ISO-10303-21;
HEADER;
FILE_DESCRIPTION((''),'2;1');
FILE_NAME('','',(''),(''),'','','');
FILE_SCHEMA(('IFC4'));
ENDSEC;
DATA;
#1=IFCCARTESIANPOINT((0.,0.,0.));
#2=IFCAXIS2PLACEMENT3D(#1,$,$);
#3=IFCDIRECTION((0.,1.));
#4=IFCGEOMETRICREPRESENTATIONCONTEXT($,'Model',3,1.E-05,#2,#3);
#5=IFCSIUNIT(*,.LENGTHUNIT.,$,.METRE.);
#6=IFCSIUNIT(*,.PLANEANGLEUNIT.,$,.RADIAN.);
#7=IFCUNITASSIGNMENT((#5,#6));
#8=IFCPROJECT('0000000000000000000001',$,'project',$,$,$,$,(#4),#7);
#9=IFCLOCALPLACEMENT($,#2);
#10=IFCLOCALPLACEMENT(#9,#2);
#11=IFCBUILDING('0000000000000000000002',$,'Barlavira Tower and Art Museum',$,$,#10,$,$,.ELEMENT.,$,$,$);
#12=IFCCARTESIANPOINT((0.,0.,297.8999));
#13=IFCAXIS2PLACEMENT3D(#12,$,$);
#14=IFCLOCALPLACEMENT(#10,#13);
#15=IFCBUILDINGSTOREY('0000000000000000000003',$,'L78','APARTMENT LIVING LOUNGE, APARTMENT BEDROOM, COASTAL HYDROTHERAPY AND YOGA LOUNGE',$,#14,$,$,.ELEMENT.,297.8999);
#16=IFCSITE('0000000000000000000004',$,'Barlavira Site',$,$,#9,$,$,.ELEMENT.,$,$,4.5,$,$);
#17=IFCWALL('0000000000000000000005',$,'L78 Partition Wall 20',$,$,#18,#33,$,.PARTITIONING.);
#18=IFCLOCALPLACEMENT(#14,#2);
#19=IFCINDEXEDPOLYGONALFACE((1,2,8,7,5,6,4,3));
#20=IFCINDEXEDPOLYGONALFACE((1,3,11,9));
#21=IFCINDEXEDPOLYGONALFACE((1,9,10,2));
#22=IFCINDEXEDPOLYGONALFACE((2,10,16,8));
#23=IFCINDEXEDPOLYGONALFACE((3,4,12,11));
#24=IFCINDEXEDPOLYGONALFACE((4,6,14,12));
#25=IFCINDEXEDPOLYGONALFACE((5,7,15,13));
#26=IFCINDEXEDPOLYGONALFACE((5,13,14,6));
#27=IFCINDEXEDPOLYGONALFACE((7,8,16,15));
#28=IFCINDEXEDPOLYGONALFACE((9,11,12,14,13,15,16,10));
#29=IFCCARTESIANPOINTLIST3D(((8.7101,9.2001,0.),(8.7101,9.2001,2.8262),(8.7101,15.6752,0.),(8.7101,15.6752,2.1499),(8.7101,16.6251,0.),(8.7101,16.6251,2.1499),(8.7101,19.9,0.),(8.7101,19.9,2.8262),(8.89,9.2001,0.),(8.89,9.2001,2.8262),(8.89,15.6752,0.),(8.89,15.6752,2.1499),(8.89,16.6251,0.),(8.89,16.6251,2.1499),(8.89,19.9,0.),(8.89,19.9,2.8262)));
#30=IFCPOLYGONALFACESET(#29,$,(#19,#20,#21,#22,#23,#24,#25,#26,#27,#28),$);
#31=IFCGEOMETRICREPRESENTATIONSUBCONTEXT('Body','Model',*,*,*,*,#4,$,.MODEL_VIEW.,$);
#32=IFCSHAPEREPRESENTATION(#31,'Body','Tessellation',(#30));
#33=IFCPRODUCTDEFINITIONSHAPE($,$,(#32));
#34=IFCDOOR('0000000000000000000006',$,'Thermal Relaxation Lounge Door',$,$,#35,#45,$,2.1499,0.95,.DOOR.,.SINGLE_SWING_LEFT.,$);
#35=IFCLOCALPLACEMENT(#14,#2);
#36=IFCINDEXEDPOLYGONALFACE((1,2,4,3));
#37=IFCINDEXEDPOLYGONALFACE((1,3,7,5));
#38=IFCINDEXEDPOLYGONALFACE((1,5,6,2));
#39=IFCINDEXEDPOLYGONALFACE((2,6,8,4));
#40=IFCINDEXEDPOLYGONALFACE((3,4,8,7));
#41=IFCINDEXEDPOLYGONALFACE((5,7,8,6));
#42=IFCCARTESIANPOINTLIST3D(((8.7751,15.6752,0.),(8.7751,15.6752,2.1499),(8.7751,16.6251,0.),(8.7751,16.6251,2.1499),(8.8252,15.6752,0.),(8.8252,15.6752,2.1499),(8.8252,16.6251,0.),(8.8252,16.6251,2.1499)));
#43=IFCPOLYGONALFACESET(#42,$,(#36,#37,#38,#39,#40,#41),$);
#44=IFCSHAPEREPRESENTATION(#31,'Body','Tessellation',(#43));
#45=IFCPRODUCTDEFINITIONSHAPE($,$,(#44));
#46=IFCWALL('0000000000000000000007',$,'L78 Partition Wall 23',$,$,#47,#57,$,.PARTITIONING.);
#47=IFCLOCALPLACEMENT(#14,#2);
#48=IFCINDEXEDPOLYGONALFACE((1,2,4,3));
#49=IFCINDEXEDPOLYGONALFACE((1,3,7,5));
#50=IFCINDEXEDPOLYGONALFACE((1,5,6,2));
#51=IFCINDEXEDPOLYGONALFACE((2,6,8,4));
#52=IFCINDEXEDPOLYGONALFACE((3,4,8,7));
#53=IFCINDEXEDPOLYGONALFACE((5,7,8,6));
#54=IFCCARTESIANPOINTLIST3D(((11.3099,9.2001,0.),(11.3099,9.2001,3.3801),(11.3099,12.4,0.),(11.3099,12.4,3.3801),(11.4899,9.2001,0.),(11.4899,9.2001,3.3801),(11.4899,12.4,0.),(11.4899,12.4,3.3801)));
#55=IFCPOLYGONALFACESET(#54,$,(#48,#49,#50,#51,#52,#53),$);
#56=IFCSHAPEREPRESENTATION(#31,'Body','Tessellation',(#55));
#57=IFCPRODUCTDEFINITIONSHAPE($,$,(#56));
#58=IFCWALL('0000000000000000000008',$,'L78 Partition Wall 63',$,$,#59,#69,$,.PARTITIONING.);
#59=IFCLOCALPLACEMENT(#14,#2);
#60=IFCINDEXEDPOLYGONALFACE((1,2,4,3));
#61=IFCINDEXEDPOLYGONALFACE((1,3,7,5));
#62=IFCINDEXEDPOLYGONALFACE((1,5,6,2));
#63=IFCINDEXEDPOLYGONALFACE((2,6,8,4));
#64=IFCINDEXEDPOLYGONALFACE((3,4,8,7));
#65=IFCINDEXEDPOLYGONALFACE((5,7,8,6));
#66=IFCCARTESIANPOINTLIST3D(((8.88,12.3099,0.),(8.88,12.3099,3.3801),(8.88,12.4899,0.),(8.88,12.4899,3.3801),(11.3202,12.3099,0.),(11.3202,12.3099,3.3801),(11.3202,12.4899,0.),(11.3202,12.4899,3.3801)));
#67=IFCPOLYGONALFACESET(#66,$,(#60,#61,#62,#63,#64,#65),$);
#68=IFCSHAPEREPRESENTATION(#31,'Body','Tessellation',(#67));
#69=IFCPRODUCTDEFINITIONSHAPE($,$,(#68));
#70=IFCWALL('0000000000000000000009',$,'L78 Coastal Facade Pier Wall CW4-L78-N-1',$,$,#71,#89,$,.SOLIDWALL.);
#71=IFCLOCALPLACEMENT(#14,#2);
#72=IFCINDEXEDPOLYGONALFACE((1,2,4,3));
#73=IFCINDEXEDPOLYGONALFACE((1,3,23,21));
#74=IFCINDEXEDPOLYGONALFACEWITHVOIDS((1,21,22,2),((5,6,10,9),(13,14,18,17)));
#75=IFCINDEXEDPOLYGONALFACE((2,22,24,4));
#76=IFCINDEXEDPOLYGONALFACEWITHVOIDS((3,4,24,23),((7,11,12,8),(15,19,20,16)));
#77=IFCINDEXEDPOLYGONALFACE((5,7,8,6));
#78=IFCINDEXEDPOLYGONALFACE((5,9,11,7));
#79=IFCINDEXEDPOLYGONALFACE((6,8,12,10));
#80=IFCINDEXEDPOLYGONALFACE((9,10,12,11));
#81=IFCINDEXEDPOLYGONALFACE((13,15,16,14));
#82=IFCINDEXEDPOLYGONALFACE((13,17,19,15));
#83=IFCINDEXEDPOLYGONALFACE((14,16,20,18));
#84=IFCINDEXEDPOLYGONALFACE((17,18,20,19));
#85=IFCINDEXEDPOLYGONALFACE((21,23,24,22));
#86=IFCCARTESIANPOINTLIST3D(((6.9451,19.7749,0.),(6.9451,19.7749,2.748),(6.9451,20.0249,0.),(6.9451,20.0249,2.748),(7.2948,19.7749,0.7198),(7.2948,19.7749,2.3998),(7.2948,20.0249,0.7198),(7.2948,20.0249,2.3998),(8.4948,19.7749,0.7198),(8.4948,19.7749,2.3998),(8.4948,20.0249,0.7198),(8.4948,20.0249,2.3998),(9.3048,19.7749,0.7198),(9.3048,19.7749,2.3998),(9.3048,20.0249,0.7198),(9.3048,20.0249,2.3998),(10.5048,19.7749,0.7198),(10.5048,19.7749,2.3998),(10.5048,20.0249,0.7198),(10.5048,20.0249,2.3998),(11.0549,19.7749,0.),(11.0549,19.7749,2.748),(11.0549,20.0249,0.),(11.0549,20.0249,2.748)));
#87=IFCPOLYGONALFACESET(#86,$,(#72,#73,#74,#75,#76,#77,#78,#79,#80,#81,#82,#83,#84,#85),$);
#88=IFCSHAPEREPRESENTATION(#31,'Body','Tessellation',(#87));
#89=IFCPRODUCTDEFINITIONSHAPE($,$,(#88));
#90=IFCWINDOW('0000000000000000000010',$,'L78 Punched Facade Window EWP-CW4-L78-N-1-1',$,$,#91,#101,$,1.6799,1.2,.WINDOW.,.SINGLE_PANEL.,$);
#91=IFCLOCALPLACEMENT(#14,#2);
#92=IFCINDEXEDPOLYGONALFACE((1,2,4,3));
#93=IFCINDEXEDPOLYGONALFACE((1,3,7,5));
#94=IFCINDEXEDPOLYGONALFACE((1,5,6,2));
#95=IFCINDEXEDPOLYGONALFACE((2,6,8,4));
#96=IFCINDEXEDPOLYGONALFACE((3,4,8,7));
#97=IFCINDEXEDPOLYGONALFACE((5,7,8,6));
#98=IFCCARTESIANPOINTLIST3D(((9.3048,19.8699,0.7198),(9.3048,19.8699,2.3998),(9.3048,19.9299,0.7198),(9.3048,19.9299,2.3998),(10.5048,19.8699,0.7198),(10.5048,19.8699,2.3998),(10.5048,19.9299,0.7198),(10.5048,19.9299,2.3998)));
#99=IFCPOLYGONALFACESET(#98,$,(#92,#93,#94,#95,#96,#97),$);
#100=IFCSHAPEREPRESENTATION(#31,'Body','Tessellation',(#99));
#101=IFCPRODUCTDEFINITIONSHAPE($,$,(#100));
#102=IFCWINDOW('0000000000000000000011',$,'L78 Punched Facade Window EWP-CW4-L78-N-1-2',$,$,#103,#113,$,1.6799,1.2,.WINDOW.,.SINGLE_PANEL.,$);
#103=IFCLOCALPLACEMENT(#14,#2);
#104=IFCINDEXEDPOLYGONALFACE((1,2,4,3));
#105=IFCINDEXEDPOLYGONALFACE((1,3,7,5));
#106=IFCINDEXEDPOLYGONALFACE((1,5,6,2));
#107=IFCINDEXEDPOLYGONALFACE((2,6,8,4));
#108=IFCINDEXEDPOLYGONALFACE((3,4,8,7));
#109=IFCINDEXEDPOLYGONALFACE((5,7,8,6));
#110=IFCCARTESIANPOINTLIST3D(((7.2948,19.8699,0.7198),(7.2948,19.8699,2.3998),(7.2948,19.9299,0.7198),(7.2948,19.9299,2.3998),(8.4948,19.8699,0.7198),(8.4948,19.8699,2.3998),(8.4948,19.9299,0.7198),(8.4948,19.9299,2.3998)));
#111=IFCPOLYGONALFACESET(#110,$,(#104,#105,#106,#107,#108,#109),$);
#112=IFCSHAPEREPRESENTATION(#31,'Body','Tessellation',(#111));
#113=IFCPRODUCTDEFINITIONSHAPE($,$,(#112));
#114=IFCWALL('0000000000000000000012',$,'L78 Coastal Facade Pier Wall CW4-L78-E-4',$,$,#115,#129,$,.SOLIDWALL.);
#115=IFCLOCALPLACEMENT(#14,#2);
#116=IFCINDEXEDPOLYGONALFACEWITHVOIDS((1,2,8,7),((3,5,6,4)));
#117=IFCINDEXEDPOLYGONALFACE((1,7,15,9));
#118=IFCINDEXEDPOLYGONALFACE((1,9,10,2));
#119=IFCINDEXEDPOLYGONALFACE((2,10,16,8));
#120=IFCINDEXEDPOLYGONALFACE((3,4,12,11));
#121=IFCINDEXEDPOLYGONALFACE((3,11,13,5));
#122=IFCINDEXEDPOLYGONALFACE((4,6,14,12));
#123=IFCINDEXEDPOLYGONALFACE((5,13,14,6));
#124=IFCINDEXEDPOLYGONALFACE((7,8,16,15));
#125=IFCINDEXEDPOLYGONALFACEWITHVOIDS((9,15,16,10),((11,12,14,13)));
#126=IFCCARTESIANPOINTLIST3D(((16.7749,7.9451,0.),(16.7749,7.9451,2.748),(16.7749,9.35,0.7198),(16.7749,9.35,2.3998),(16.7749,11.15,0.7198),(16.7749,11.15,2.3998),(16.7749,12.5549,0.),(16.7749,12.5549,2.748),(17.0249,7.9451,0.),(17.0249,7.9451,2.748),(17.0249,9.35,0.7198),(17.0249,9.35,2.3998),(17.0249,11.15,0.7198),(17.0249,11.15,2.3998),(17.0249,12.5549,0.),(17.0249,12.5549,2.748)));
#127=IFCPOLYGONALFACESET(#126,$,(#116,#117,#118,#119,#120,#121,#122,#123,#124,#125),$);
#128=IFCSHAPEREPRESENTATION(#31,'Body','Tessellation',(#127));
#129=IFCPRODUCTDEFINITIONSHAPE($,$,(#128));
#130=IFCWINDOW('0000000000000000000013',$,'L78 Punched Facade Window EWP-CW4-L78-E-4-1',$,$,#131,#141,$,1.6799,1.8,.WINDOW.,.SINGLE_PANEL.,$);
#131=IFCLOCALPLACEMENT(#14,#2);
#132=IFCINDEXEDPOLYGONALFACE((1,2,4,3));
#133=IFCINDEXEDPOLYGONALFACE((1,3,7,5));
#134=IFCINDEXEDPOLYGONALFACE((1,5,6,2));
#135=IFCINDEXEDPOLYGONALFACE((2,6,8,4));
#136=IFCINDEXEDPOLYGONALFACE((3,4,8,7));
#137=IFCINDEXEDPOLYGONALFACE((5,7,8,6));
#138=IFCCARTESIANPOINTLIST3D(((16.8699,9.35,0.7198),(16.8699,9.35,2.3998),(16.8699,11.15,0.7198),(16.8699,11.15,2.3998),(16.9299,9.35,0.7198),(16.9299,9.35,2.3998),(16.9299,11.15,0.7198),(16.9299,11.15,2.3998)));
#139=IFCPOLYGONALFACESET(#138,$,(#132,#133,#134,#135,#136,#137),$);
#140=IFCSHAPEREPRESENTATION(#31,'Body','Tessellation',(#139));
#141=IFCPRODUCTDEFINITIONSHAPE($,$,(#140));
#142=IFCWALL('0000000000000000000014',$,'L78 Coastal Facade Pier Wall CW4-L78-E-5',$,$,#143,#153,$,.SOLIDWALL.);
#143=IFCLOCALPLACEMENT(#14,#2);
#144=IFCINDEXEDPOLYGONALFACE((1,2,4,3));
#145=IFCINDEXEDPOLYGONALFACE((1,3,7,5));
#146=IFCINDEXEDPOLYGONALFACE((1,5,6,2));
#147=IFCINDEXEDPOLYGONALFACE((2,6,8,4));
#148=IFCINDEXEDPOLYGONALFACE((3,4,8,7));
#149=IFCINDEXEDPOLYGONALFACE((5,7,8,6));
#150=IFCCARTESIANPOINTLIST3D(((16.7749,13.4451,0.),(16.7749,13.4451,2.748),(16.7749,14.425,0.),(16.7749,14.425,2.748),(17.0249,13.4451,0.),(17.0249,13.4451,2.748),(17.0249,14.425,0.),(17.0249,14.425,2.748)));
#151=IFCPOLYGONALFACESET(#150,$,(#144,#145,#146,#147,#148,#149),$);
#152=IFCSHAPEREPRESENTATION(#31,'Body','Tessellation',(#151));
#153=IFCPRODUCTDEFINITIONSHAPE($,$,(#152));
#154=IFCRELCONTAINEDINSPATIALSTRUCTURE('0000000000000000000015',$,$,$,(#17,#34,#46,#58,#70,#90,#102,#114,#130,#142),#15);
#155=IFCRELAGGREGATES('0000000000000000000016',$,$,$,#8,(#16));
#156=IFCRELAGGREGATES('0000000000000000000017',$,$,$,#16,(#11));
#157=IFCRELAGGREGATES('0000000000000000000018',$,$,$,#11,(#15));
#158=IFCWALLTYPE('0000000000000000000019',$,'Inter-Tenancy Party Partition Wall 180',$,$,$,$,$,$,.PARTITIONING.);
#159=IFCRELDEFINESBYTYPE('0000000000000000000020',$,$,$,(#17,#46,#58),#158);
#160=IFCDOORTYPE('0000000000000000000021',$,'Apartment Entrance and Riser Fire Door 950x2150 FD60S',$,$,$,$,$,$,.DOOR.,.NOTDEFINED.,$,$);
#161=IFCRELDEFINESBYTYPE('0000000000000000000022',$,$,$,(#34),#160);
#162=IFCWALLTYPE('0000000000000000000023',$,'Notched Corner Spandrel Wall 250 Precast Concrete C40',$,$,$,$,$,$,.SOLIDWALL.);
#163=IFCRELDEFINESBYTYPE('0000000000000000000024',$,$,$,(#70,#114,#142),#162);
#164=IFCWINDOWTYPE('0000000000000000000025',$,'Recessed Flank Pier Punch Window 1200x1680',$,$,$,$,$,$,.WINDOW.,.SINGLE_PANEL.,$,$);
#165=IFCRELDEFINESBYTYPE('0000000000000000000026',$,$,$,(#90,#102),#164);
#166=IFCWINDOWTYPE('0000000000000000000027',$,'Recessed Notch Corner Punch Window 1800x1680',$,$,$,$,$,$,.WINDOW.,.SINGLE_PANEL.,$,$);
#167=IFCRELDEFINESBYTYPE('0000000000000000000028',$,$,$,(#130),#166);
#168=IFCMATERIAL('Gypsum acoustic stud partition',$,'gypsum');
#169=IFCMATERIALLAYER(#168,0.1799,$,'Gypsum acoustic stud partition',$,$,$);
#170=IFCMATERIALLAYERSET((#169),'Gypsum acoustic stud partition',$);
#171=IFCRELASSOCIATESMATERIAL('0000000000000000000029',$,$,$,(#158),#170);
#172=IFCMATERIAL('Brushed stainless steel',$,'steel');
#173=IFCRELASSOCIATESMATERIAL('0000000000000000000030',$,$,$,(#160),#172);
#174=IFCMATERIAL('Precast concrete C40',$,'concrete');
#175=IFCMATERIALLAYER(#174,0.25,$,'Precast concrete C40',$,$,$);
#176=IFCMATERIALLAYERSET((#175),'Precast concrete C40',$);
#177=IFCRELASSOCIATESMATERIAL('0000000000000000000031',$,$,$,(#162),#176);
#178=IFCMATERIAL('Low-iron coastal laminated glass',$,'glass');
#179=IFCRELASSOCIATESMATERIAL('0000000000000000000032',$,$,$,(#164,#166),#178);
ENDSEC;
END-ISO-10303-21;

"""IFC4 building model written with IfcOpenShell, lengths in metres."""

from ifc_helpers import new_model, si_unit, direction, frame, frame_2d, origin, place, context, subcontext, project, spatial, rectangle, extrude, material, layer, layer_set, type_object, element, fill, save


model = new_model("IFC4")

# Units and contexts
model_context = context("Model", 3, precision=1e-05, world=origin(), true_north=direction((0.0, 1.0)))
body_context = subcontext(model_context, "Body", "Model", "MODEL_VIEW")
ifc_project = project(units=[si_unit("LENGTHUNIT", "METRE"), si_unit("PLANEANGLEUNIT", "RADIAN")], contexts=[model_context])

# Site, building, storey
site_placement = place(None, origin())
site = spatial("IfcSite", under=ifc_project, at=site_placement, Name="Barlavira Site", CompositionType="ELEMENT", RefElevation=4.5)
building_placement = place(site_placement, origin())
building = spatial("IfcBuilding", under=site, at=building_placement, Name="Barlavira Tower and Art Museum", CompositionType="ELEMENT")
storey_placement = place(building_placement, frame((0.0, 0.0, 297.8999)))
storey = spatial("IfcBuildingStorey", under=building, at=storey_placement, Name="L78", Description="APARTMENT LIVING LOUNGE, APARTMENT BEDROOM, COASTAL HYDROTHERAPY AND YOGA LOUNGE", CompositionType="ELEMENT", Elevation=297.8999)

# Wall, opening, door
ifc_material_1 = material(Name="Gypsum acoustic stud partition", Category="gypsum")
ifc_layer_1 = layer(ifc_material_1, 0.1799, Name="Gypsum acoustic stud partition")
ifc_layer_set_1 = layer_set([ifc_layer_1], Name="Gypsum acoustic stud partition")
wall_type_1 = type_object("IfcWallType", Name="Inter-Tenancy Party Partition Wall 180", PredefinedType="PARTITIONING", material=ifc_layer_set_1)
wall_1_placement = place(storey_placement, frame((8.8, 9.2, 0.0), z_axis=(0.0, 0.0, 1.0), x_axis=(0.0, 1.0, 0.0)))
wall_1 = element("IfcWall", 1, at=wall_1_placement, inside=storey, type_object=wall_type_1, Name="L78 Partition Wall 20", PredefinedType="PARTITIONING", context=body_context, shape_type="SweptSolid", body=[
    extrude(rectangle(XDim=10.7, YDim=0.1799, at=frame_2d((5.3501, 0.0))), origin(), (0.0, 0.0, 1.0), 2.8262),
])
opening_1_placement = place(wall_1_placement, frame((6.4751, 0.0, 0.0)))
opening_1 = element("IfcOpeningElement", 2, at=opening_1_placement, cuts=wall_1, PredefinedType="OPENING", context=body_context, shape_type="SweptSolid", body=[
    extrude(rectangle(XDim=0.95, YDim=2.1499, at=frame_2d((0.4751, 1.075))), frame((0.0, 0.1001, 0.0), z_axis=(0.0, -1.0, 0.0), x_axis=(1.0, 0.0, 0.0)), (0.0, 0.0, 1.0), 0.2),
])
ifc_material_2 = material(Name="Brushed stainless steel", Category="steel")
door_type = type_object("IfcDoorType", Name="Apartment Entrance and Riser Fire Door 950x2150 FD60S", OperationType="NOTDEFINED", PredefinedType="DOOR", material=ifc_material_2)
door_1_placement = place(opening_1_placement, origin())
door_1 = element("IfcDoor", 3, at=door_1_placement, inside=storey, type_object=door_type, Name="Thermal Relaxation Lounge Door", OperationType="SINGLE_SWING_LEFT", OverallHeight=2.1499, OverallWidth=0.95, PredefinedType="DOOR", context=body_context, shape_type="SweptSolid", body=[
    extrude(rectangle(XDim=0.95, YDim=2.1499, at=frame_2d((0.4751, 1.075))), frame((0.0, 0.0249, 0.0), z_axis=(0.0, -1.0, 0.0), x_axis=(1.0, 0.0, 0.0)), (0.0, 0.0, 1.0), 0.05),
])
fill(opening_1, door_1)

# Wall
wall_2_placement = place(storey_placement, frame((11.3999, 9.2, 0.0), z_axis=(0.0, 0.0, 1.0), x_axis=(0.0, 1.0, 0.0)))
element("IfcWall", 4, at=wall_2_placement, inside=storey, type_object=wall_type_1, Name="L78 Partition Wall 23", PredefinedType="PARTITIONING", context=body_context, shape_type="SweptSolid", body=[
    extrude(rectangle(XDim=3.2, YDim=0.1799, at=frame_2d((1.6001, 0.0))), origin(), (0.0, 0.0, 1.0), 3.3801),
])

# Wall
wall_3_placement = place(storey_placement, frame((8.8799, 12.3999, 0.0), z_axis=(0.0, 0.0, 1.0), x_axis=(1.0, 0.0, 0.0)))
element("IfcWall", 5, at=wall_3_placement, inside=storey, type_object=wall_type_1, Name="L78 Partition Wall 63", PredefinedType="PARTITIONING", context=body_context, shape_type="SweptSolid", body=[
    extrude(rectangle(XDim=2.4402, YDim=0.1799, at=frame_2d((1.2202, 0.0))), origin(), (0.0, 0.0, 1.0), 3.3801),
])

# Wall, openings, windows
ifc_material_3 = material(Name="Precast concrete C40", Category="concrete")
ifc_layer_2 = layer(ifc_material_3, 0.25, Name="Precast concrete C40")
ifc_layer_set_2 = layer_set([ifc_layer_2], Name="Precast concrete C40")
wall_type_2 = type_object("IfcWallType", Name="Notched Corner Spandrel Wall 250 Precast Concrete C40", PredefinedType="SOLIDWALL", material=ifc_layer_set_2)
wall_4_placement = place(storey_placement, frame((11.0549, 19.8999, 0.0), z_axis=(0.0, 0.0, 1.0), x_axis=(-1.0, 0.0, 0.0)))
wall_4 = element("IfcWall", 6, at=wall_4_placement, inside=storey, type_object=wall_type_2, Name="L78 Coastal Facade Pier Wall CW4-L78-N-1", PredefinedType="SOLIDWALL", context=body_context, shape_type="SweptSolid", body=[
    extrude(rectangle(XDim=4.1099, YDim=0.25, at=frame_2d((2.0549, 0.0))), origin(), (0.0, 0.0, 1.0), 2.748),
])
opening_2_placement = place(wall_4_placement, frame((0.55, 0.0, 0.72)))
opening_2 = element("IfcOpeningElement", 7, at=opening_2_placement, cuts=wall_4, PredefinedType="OPENING", context=body_context, shape_type="SweptSolid", body=[
    extrude(rectangle(XDim=1.2, YDim=1.6799, at=frame_2d((0.6001, 0.8398))), frame((0.0, 0.135, 0.0), z_axis=(0.0, -1.0, 0.0), x_axis=(1.0, 0.0, 0.0)), (0.0, 0.0, 1.0), 0.27),
])
opening_3_placement = place(wall_4_placement, frame((2.5601, 0.0, 0.72)))
opening_3 = element("IfcOpeningElement", 8, at=opening_3_placement, cuts=wall_4, PredefinedType="OPENING", context=body_context, shape_type="SweptSolid", body=[
    extrude(rectangle(XDim=1.2, YDim=1.6799, at=frame_2d((0.6001, 0.8398))), frame((0.0, 0.135, 0.0), z_axis=(0.0, -1.0, 0.0), x_axis=(1.0, 0.0, 0.0)), (0.0, 0.0, 1.0), 0.27),
])
ifc_material_4 = material(Name="Low-iron coastal laminated glass", Category="glass")
window_type_1 = type_object("IfcWindowType", Name="Recessed Flank Pier Punch Window 1200x1680", PartitioningType="SINGLE_PANEL", PredefinedType="WINDOW", material=ifc_material_4)
window_1_placement = place(opening_2_placement, origin())
window_1 = element("IfcWindow", 9, at=window_1_placement, inside=storey, type_object=window_type_1, Name="L78 Punched Facade Window EWP-CW4-L78-N-1-1", OverallHeight=1.6799, OverallWidth=1.2, PartitioningType="SINGLE_PANEL", PredefinedType="WINDOW", context=body_context, shape_type="SweptSolid", body=[
    extrude(rectangle(XDim=1.2, YDim=1.6799, at=frame_2d((0.6001, 0.8398))), frame((0.0, 0.03, 0.0), z_axis=(0.0, -1.0, 0.0), x_axis=(1.0, 0.0, 0.0)), (0.0, 0.0, 1.0), 0.0601),
])
fill(opening_2, window_1)
window_2_placement = place(opening_3_placement, origin())
window_2 = element("IfcWindow", 10, at=window_2_placement, inside=storey, type_object=window_type_1, Name="L78 Punched Facade Window EWP-CW4-L78-N-1-2", OverallHeight=1.6799, OverallWidth=1.2, PartitioningType="SINGLE_PANEL", PredefinedType="WINDOW", context=body_context, shape_type="SweptSolid", body=[
    extrude(rectangle(XDim=1.2, YDim=1.6799, at=frame_2d((0.6001, 0.8398))), frame((0.0, 0.03, 0.0), z_axis=(0.0, -1.0, 0.0), x_axis=(1.0, 0.0, 0.0)), (0.0, 0.0, 1.0), 0.0601),
])
fill(opening_3, window_2)

# Wall, opening, window
wall_5_placement = place(storey_placement, frame((16.8999, 7.9451, 0.0), z_axis=(0.0, 0.0, 1.0), x_axis=(0.0, 1.0, 0.0)))
wall_5 = element("IfcWall", 11, at=wall_5_placement, inside=storey, type_object=wall_type_2, Name="L78 Coastal Facade Pier Wall CW4-L78-E-4", PredefinedType="SOLIDWALL", context=body_context, shape_type="SweptSolid", body=[
    extrude(rectangle(XDim=4.6099, YDim=0.25, at=frame_2d((2.3049, 0.0))), origin(), (0.0, 0.0, 1.0), 2.748),
])
opening_4_placement = place(wall_5_placement, frame((1.405, 0.0, 0.72)))
opening_4 = element("IfcOpeningElement", 12, at=opening_4_placement, cuts=wall_5, PredefinedType="OPENING", context=body_context, shape_type="SweptSolid", body=[
    extrude(rectangle(XDim=1.8, YDim=1.6799, at=frame_2d((0.8999, 0.8398))), frame((0.0, 0.135, 0.0), z_axis=(0.0, -1.0, 0.0), x_axis=(1.0, 0.0, 0.0)), (0.0, 0.0, 1.0), 0.27),
])
window_type_2 = type_object("IfcWindowType", Name="Recessed Notch Corner Punch Window 1800x1680", PartitioningType="SINGLE_PANEL", PredefinedType="WINDOW", material=ifc_material_4)
window_3_placement = place(opening_4_placement, origin())
window_3 = element("IfcWindow", 13, at=window_3_placement, inside=storey, type_object=window_type_2, Name="L78 Punched Facade Window EWP-CW4-L78-E-4-1", OverallHeight=1.6799, OverallWidth=1.8, PartitioningType="SINGLE_PANEL", PredefinedType="WINDOW", context=body_context, shape_type="SweptSolid", body=[
    extrude(rectangle(XDim=1.8, YDim=1.6799, at=frame_2d((0.8999, 0.8398))), frame((0.0, 0.03, 0.0), z_axis=(0.0, -1.0, 0.0), x_axis=(1.0, 0.0, 0.0)), (0.0, 0.0, 1.0), 0.0601),
])
fill(opening_4, window_3)

# Wall
wall_6_placement = place(storey_placement, frame((16.8999, 13.4451, 0.0), z_axis=(0.0, 0.0, 1.0), x_axis=(0.0, 1.0, 0.0)))
element("IfcWall", 14, at=wall_6_placement, inside=storey, type_object=wall_type_2, Name="L78 Coastal Facade Pier Wall CW4-L78-E-5", PredefinedType="SOLIDWALL", context=body_context, shape_type="SweptSolid", body=[
    extrude(rectangle(XDim=0.98, YDim=0.25, at=frame_2d((0.49, 0.0))), origin(), (0.0, 0.0, 1.0), 2.748),
])

save(model, "model.ifc")
